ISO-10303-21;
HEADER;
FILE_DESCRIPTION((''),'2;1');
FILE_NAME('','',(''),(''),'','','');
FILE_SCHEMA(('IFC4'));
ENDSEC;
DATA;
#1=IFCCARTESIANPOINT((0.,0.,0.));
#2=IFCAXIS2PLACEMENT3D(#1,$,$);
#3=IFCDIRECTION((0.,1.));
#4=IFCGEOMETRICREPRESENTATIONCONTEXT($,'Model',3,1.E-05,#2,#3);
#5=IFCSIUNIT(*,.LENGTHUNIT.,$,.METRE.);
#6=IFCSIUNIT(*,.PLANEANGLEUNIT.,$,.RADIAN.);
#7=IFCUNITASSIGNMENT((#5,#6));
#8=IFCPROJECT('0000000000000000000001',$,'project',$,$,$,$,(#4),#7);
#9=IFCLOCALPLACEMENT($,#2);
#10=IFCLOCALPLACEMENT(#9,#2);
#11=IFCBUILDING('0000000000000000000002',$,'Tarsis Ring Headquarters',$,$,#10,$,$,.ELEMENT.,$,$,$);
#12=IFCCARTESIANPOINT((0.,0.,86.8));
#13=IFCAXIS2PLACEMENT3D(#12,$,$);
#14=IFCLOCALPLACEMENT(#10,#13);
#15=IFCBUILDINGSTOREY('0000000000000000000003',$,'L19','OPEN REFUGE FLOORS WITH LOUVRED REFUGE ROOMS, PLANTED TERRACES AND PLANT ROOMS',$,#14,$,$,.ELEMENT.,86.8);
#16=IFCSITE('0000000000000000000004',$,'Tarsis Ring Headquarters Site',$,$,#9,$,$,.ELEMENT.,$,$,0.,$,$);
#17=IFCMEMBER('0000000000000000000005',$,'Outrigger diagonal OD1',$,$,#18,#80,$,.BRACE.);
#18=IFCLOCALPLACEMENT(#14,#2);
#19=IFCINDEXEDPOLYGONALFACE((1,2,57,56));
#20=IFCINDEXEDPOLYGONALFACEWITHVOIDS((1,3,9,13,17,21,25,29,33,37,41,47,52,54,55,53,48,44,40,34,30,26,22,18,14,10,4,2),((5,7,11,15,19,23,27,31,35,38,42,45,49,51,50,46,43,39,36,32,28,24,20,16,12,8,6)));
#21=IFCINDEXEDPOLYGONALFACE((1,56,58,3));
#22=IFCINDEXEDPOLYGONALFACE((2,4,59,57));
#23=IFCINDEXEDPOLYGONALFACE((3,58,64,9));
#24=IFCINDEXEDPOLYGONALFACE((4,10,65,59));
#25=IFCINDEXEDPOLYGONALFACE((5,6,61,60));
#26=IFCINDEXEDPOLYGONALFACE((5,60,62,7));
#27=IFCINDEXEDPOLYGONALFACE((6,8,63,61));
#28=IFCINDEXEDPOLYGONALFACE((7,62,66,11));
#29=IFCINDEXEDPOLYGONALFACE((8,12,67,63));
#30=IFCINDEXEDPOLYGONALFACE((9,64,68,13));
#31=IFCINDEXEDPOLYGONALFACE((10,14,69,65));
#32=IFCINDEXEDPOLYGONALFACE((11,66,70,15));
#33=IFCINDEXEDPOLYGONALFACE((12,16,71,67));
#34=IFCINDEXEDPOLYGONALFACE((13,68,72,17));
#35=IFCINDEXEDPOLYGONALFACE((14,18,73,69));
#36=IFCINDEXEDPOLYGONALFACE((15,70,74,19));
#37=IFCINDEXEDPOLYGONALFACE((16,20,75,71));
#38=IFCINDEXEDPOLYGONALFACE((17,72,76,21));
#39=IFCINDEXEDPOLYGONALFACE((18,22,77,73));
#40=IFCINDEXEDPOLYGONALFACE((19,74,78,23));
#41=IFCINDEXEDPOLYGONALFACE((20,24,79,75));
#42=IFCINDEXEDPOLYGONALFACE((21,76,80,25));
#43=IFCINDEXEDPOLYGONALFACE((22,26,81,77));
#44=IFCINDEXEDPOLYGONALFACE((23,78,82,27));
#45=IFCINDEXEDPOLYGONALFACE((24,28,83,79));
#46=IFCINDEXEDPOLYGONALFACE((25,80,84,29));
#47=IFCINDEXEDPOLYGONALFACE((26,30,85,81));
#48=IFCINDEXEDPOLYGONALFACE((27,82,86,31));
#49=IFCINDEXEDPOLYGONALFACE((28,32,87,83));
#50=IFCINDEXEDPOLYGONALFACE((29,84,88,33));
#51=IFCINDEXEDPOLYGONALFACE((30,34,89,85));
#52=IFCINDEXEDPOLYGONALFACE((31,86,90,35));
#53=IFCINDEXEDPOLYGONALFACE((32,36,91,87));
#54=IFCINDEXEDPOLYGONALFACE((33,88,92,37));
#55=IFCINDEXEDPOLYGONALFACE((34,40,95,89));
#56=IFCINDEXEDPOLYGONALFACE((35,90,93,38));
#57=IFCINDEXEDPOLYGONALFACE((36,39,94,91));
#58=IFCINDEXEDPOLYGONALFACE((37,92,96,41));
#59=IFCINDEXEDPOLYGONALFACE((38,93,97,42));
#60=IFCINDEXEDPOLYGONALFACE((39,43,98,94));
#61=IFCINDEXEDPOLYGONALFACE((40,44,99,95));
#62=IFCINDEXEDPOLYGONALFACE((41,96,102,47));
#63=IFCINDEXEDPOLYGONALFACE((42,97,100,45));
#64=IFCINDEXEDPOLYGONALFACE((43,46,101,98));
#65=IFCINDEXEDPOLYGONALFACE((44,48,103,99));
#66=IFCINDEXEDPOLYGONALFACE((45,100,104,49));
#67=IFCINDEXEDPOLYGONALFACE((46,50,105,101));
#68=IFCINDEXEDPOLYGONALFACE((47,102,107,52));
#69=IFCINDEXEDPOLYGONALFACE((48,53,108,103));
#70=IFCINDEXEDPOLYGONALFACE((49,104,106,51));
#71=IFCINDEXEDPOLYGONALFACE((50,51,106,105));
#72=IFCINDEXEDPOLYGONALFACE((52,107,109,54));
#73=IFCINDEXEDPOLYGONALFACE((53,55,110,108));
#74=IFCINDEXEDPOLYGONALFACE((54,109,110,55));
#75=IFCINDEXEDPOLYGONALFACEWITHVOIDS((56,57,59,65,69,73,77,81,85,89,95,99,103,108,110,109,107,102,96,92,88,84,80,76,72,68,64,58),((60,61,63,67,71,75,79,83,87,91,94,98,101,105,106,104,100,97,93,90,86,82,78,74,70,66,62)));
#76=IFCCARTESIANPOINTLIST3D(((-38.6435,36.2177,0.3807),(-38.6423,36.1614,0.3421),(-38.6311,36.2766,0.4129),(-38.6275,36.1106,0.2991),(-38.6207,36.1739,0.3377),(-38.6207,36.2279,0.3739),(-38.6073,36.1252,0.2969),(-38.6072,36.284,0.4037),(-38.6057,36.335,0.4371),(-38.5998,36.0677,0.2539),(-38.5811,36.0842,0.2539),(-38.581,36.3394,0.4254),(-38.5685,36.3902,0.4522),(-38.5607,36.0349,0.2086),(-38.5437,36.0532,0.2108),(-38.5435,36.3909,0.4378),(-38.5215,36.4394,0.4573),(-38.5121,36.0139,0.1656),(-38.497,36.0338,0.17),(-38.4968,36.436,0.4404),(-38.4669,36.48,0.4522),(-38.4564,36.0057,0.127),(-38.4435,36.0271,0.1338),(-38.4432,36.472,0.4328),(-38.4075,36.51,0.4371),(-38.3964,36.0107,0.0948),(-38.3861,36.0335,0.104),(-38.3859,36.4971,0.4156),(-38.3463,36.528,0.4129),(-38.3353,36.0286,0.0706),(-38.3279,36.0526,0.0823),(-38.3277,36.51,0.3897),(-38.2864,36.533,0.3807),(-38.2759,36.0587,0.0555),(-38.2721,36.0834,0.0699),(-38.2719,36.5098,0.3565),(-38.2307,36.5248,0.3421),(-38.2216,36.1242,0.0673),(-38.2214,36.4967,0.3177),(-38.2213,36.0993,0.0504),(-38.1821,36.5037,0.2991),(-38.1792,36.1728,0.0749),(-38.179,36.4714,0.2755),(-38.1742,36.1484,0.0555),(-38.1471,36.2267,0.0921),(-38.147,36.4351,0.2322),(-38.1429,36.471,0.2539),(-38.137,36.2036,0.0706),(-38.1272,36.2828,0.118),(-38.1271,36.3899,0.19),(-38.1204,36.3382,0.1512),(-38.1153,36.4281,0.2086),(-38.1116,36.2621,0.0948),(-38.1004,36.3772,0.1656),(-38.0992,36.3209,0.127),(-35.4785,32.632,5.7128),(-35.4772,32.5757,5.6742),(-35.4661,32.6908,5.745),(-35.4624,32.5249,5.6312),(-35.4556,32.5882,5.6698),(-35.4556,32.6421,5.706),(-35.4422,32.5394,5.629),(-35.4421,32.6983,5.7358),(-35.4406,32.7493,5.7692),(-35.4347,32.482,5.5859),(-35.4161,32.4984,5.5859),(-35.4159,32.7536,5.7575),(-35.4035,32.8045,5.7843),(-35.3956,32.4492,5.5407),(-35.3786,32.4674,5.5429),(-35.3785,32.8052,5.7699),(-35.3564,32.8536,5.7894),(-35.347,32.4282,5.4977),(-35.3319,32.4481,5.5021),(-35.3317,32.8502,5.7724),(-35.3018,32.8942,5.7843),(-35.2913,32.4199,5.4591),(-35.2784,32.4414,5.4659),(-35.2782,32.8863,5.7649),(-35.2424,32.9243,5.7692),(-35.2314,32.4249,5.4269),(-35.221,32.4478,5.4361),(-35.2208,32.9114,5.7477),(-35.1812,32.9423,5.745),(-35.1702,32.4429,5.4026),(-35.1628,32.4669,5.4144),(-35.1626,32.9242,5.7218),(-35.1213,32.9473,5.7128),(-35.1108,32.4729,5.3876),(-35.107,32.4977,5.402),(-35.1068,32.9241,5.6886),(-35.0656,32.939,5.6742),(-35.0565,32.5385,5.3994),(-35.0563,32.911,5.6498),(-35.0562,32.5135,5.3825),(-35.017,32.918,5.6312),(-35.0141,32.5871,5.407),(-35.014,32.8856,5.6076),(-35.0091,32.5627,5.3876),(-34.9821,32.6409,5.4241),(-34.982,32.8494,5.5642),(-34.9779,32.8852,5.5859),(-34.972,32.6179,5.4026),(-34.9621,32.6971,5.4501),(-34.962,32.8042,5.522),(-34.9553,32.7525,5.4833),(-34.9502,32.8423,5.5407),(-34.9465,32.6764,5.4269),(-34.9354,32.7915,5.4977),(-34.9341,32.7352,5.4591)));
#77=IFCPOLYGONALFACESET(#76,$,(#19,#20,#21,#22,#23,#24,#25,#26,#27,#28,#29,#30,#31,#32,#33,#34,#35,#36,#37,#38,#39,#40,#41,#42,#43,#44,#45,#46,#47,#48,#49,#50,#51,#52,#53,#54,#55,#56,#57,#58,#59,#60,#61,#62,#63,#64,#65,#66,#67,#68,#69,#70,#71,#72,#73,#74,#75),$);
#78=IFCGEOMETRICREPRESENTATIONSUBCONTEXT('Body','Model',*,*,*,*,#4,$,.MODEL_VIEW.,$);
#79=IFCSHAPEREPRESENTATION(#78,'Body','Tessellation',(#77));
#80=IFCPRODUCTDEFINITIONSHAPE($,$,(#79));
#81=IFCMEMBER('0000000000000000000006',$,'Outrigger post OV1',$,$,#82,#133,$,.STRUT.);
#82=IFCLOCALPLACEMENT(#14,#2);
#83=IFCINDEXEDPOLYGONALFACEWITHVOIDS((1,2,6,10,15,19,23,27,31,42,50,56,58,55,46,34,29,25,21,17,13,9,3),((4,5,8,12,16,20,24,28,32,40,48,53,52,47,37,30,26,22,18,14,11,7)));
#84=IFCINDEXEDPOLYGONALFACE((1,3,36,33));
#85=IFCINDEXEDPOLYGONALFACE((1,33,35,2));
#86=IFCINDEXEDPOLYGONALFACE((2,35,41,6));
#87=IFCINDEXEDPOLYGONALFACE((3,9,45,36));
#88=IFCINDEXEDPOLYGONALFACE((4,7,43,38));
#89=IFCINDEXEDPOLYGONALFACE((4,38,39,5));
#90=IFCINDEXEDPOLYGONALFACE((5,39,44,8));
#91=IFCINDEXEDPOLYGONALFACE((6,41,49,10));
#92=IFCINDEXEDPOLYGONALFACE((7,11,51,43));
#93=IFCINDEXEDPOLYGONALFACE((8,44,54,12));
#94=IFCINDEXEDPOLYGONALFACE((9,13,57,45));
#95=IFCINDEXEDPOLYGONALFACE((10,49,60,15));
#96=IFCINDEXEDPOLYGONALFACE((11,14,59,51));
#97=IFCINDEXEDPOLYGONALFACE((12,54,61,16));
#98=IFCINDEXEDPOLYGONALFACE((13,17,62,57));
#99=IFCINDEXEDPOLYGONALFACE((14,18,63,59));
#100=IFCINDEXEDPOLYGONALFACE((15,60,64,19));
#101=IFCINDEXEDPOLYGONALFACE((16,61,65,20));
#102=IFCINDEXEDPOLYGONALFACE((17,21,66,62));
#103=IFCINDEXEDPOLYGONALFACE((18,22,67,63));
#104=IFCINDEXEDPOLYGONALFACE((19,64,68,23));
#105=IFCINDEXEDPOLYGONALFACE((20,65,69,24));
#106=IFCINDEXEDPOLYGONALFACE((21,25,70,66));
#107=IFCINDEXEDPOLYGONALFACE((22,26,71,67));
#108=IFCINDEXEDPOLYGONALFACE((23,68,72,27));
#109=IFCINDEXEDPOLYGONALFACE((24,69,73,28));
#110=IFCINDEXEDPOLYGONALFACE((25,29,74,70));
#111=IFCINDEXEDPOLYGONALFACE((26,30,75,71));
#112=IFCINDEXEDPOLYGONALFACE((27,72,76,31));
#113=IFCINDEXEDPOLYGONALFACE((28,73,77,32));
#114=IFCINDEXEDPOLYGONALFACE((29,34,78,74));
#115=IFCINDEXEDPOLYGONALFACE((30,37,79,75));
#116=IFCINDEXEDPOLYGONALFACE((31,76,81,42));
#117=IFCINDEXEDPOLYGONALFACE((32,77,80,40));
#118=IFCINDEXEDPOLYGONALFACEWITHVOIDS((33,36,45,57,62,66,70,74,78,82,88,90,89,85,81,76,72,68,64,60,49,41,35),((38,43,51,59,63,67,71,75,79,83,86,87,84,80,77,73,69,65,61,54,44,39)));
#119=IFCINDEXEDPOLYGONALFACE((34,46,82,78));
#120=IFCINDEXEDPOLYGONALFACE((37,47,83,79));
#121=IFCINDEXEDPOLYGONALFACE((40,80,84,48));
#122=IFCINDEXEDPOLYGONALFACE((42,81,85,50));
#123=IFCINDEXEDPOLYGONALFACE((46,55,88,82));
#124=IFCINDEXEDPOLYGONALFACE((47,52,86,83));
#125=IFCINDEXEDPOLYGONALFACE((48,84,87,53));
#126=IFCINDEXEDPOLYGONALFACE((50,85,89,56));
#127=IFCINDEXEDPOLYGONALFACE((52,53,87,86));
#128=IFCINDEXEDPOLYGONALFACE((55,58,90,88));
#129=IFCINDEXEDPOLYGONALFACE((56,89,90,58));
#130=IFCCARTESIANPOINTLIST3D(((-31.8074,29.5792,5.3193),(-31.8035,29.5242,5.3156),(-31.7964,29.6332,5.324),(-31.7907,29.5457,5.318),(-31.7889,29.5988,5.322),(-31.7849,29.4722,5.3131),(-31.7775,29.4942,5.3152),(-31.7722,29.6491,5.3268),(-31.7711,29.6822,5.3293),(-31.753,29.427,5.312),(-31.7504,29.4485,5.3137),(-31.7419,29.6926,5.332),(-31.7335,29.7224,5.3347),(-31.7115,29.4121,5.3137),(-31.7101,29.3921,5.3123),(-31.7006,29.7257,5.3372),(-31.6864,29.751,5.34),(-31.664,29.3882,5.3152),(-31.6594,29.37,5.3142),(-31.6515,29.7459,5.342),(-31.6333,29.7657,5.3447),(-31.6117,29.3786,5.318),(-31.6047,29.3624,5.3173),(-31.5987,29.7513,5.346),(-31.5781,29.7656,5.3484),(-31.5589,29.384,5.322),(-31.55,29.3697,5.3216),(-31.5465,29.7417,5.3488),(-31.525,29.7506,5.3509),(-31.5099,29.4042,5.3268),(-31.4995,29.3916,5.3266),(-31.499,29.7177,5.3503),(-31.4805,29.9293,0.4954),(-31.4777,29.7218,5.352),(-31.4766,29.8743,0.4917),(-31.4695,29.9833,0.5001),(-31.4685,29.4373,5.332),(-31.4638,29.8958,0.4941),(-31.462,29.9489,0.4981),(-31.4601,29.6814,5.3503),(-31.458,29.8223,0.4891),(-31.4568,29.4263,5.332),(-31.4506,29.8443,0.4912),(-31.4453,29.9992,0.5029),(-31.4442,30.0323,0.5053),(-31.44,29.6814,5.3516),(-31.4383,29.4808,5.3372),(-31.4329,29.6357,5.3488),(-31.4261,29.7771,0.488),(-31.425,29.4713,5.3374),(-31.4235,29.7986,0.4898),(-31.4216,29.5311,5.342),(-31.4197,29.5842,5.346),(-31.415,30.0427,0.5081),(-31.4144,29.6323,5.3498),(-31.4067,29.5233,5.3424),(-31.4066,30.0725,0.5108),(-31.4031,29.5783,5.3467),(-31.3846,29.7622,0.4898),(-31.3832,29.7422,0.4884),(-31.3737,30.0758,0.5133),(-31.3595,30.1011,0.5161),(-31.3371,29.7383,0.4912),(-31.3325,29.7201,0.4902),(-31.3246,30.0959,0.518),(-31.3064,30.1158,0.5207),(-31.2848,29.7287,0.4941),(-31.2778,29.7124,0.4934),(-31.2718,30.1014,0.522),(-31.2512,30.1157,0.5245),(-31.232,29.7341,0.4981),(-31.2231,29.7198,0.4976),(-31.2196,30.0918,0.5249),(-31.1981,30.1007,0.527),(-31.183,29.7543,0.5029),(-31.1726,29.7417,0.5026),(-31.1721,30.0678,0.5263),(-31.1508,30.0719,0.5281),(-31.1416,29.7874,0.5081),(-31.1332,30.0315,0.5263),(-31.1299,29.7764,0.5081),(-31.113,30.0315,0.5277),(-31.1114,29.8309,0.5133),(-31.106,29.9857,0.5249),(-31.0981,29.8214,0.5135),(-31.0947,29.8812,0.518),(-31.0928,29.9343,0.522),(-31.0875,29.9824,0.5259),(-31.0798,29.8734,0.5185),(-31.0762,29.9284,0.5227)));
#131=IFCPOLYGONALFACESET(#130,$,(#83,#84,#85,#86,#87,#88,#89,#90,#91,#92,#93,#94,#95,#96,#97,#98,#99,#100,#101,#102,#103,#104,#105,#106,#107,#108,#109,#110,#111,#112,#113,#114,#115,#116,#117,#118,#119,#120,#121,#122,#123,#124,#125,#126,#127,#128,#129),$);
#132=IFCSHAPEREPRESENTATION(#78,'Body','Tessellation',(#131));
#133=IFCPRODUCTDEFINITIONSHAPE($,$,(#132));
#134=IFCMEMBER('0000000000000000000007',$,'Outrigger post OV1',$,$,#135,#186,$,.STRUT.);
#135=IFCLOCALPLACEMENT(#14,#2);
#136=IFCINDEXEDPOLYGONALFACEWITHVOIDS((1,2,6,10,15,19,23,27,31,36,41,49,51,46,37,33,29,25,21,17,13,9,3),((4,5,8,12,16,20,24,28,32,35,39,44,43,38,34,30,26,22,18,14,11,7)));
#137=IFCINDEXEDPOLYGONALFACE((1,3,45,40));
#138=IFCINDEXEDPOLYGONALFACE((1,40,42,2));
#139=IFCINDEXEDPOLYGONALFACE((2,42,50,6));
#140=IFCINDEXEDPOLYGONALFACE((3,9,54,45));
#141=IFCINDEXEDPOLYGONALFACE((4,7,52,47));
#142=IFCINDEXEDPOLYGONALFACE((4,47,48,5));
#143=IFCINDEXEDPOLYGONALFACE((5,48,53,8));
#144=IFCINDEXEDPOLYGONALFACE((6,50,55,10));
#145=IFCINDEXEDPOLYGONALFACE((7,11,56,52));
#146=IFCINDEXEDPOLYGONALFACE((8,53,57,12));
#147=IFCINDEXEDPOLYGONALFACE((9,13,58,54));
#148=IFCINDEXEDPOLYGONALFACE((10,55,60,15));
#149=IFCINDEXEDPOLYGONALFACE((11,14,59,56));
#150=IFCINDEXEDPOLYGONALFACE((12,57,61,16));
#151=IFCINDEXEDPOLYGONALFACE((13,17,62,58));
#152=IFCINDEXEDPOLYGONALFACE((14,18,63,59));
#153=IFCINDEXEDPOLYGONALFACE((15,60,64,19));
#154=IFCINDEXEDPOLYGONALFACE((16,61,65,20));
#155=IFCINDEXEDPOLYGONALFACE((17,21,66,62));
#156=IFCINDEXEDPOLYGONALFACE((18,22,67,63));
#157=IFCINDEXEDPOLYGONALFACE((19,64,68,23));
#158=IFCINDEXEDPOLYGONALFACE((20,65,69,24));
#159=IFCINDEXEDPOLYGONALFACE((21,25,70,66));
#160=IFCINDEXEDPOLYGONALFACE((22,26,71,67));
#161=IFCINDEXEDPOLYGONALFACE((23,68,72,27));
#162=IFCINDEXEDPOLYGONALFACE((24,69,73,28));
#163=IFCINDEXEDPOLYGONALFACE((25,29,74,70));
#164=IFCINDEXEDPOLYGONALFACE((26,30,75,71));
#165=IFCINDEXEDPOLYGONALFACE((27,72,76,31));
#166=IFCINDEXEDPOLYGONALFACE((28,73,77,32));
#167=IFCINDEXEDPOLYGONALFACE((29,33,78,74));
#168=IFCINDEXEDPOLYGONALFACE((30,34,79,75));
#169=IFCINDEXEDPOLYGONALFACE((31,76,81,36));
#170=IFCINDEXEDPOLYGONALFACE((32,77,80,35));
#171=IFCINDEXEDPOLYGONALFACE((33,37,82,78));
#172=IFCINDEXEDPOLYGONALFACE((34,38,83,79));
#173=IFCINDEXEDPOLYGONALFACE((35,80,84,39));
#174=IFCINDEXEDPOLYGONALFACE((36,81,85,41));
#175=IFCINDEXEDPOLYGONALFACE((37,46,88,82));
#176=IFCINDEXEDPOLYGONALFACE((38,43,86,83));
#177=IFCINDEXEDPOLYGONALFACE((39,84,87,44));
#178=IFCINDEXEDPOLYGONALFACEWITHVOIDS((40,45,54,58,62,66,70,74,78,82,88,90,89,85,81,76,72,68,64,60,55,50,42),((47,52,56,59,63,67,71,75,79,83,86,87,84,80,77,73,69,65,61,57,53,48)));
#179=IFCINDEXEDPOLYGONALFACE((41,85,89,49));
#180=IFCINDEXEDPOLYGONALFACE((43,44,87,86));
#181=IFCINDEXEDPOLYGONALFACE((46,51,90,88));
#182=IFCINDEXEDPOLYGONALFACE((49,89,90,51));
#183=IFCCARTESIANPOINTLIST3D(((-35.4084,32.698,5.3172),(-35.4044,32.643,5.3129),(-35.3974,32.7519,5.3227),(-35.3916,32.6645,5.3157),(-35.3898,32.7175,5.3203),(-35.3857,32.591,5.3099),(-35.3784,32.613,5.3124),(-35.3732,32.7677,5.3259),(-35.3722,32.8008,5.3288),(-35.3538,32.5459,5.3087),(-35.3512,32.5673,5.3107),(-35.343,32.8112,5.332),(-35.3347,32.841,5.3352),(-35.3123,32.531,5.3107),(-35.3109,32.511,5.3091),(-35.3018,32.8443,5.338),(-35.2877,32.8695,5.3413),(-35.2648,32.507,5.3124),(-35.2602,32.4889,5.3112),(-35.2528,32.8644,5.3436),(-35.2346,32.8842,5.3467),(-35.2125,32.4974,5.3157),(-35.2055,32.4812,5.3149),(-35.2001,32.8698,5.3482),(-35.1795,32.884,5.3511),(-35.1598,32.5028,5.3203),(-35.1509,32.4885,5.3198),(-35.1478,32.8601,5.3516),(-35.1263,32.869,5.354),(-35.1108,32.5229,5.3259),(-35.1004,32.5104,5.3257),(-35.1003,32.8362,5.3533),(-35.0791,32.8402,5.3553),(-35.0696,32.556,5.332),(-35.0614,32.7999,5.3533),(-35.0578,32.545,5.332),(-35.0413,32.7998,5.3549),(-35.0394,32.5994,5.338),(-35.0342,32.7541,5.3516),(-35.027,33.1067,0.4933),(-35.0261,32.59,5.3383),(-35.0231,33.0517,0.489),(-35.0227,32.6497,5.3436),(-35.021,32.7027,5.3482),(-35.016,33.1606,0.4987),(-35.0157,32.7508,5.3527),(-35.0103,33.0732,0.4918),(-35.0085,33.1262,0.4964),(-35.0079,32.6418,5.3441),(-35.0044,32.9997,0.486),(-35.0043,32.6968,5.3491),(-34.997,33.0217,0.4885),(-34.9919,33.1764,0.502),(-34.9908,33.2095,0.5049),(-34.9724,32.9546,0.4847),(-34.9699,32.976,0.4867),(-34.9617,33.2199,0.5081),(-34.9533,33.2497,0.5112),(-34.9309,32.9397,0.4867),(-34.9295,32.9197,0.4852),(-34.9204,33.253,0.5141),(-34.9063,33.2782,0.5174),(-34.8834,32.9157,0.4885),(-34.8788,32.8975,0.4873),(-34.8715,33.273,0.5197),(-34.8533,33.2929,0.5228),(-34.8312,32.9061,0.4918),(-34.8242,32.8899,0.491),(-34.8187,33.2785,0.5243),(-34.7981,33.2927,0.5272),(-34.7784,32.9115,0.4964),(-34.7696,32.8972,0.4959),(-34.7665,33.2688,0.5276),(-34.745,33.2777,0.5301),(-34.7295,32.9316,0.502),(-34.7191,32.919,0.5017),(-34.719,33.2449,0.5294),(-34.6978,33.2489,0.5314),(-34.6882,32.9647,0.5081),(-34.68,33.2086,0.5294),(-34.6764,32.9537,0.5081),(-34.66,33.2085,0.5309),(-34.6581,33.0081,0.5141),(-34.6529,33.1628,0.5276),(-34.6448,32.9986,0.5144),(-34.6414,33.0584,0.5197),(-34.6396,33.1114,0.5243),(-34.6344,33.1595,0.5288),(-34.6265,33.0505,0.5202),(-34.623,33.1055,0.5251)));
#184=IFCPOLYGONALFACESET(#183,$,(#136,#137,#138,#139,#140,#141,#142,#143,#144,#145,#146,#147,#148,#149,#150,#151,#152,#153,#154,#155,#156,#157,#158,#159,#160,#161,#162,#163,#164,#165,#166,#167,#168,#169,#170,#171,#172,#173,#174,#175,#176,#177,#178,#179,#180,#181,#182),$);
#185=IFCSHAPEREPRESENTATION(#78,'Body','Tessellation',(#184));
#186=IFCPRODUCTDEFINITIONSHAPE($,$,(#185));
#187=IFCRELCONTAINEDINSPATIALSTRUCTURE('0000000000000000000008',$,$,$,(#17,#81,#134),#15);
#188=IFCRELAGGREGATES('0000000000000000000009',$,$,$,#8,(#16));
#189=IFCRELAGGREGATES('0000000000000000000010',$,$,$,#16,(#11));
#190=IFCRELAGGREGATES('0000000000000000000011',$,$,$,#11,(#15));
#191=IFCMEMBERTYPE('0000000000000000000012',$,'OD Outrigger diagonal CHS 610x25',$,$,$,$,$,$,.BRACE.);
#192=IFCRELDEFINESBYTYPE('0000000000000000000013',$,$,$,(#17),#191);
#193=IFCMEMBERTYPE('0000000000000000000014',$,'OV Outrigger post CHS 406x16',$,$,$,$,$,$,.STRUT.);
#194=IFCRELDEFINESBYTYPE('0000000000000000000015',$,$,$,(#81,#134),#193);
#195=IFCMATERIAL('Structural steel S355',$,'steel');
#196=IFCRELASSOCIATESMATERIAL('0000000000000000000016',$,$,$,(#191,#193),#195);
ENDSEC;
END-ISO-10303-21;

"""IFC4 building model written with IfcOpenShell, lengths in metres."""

from ifc_helpers import new_model, si_unit, direction, frame, origin, origin_2d, place, context, subcontext, project, spatial, hollow_circle, extrude, material, material_profile, profile_set, type_object, element, save


model = new_model("IFC4")

# Units and contexts
model_context = context("Model", 3, precision=1e-05, world=origin(), true_north=direction((0.0, 1.0)))
body_context = subcontext(model_context, "Body", "Model", "MODEL_VIEW")
ifc_project = project(units=[si_unit("LENGTHUNIT", "METRE"), si_unit("PLANEANGLEUNIT", "RADIAN")], contexts=[model_context])

# Site, building, storey
site_placement = place(None, origin())
site = spatial("IfcSite", under=ifc_project, at=site_placement, Name="Tarsis Ring Headquarters Site", CompositionType="ELEMENT", RefElevation=0.0)
building_placement = place(site_placement, origin())
building = spatial("IfcBuilding", under=site, at=building_placement, Name="Tarsis Ring Headquarters", CompositionType="ELEMENT")
storey_placement = place(building_placement, frame((0.0, 0.0, 86.8)))
storey = spatial("IfcBuildingStorey", under=building, at=storey_placement, Name="L19", Description="OPEN REFUGE FLOORS WITH LOUVRED REFUGE ROOMS, PLANTED TERRACES AND PLANT ROOMS", CompositionType="ELEMENT", Elevation=86.8)

# Members
ifc_material_1 = material(Name="Structural steel S355", Category="steel")
ifc_material_profile_1 = material_profile(ifc_material_1, hollow_circle(Radius=0.3047, WallThickness=0.0249, at=origin_2d()), Name="CHS 610x25")
ifc_profile_set_1 = profile_set([ifc_material_profile_1], Name="Structural steel S355")
member_type_1 = type_object("IfcMemberType", Name="OD Outrigger diagonal CHS 610x25", PredefinedType="BRACE", material=ifc_profile_set_1)
member_1_placement = place(storey_placement, frame((-35.2063, 32.6836, 5.5859), z_axis=(-0.441874, 0.500602, -0.744409), x_axis=(-0.749714, -0.661762, 0.0)))
element("IfcMember", 1, at=member_1_placement, inside=storey, type_object=member_type_1, Name="Outrigger diagonal OD1", PredefinedType="BRACE", context=body_context, shape_type="SweptSolid", body=[
    extrude(hollow_circle(Radius=0.3047, WallThickness=0.0249, at=origin_2d()), origin(), (0.0, 0.0, 1.0), 7.1628),
])
ifc_material_profile_2 = material_profile(ifc_material_1, hollow_circle(Radius=0.2031, WallThickness=0.0161, at=origin_2d()), Name="CHS 406x16")
ifc_profile_set_2 = profile_set([ifc_material_profile_2], Name="Structural steel S355")
member_type_2 = type_object("IfcMemberType", Name="OV Outrigger post CHS 406x16", PredefinedType="STRUT", material=ifc_profile_set_2)
member_2_placement = place(storey_placement, frame((-31.2783, 29.915, 0.5081), z_axis=(-0.067435, -0.072219, 0.995106), x_axis=(0.730903, -0.682482, 0.0)))
element("IfcMember", 2, at=member_2_placement, inside=storey, type_object=member_type_2, Name="Outrigger post OV1", PredefinedType="STRUT", context=body_context, shape_type="SweptSolid", body=[
    extrude(hollow_circle(Radius=0.2031, WallThickness=0.0161, at=origin_2d()), origin(), (0.0, 0.0, 1.0), 4.8477),
])
member_3_placement = place(storey_placement, frame((-34.825, 33.0923, 0.5081), z_axis=(-0.078527, -0.084158, 0.993353), x_axis=(0.731142, -0.682225, 0.0)))
element("IfcMember", 3, at=member_3_placement, inside=storey, type_object=member_type_2, Name="Outrigger post OV1", PredefinedType="STRUT", context=body_context, shape_type="SweptSolid", body=[
    extrude(hollow_circle(Radius=0.2031, WallThickness=0.0161, at=origin_2d()), origin(), (0.0, 0.0, 1.0), 4.8562),
])

save(model, "model.ifc")
